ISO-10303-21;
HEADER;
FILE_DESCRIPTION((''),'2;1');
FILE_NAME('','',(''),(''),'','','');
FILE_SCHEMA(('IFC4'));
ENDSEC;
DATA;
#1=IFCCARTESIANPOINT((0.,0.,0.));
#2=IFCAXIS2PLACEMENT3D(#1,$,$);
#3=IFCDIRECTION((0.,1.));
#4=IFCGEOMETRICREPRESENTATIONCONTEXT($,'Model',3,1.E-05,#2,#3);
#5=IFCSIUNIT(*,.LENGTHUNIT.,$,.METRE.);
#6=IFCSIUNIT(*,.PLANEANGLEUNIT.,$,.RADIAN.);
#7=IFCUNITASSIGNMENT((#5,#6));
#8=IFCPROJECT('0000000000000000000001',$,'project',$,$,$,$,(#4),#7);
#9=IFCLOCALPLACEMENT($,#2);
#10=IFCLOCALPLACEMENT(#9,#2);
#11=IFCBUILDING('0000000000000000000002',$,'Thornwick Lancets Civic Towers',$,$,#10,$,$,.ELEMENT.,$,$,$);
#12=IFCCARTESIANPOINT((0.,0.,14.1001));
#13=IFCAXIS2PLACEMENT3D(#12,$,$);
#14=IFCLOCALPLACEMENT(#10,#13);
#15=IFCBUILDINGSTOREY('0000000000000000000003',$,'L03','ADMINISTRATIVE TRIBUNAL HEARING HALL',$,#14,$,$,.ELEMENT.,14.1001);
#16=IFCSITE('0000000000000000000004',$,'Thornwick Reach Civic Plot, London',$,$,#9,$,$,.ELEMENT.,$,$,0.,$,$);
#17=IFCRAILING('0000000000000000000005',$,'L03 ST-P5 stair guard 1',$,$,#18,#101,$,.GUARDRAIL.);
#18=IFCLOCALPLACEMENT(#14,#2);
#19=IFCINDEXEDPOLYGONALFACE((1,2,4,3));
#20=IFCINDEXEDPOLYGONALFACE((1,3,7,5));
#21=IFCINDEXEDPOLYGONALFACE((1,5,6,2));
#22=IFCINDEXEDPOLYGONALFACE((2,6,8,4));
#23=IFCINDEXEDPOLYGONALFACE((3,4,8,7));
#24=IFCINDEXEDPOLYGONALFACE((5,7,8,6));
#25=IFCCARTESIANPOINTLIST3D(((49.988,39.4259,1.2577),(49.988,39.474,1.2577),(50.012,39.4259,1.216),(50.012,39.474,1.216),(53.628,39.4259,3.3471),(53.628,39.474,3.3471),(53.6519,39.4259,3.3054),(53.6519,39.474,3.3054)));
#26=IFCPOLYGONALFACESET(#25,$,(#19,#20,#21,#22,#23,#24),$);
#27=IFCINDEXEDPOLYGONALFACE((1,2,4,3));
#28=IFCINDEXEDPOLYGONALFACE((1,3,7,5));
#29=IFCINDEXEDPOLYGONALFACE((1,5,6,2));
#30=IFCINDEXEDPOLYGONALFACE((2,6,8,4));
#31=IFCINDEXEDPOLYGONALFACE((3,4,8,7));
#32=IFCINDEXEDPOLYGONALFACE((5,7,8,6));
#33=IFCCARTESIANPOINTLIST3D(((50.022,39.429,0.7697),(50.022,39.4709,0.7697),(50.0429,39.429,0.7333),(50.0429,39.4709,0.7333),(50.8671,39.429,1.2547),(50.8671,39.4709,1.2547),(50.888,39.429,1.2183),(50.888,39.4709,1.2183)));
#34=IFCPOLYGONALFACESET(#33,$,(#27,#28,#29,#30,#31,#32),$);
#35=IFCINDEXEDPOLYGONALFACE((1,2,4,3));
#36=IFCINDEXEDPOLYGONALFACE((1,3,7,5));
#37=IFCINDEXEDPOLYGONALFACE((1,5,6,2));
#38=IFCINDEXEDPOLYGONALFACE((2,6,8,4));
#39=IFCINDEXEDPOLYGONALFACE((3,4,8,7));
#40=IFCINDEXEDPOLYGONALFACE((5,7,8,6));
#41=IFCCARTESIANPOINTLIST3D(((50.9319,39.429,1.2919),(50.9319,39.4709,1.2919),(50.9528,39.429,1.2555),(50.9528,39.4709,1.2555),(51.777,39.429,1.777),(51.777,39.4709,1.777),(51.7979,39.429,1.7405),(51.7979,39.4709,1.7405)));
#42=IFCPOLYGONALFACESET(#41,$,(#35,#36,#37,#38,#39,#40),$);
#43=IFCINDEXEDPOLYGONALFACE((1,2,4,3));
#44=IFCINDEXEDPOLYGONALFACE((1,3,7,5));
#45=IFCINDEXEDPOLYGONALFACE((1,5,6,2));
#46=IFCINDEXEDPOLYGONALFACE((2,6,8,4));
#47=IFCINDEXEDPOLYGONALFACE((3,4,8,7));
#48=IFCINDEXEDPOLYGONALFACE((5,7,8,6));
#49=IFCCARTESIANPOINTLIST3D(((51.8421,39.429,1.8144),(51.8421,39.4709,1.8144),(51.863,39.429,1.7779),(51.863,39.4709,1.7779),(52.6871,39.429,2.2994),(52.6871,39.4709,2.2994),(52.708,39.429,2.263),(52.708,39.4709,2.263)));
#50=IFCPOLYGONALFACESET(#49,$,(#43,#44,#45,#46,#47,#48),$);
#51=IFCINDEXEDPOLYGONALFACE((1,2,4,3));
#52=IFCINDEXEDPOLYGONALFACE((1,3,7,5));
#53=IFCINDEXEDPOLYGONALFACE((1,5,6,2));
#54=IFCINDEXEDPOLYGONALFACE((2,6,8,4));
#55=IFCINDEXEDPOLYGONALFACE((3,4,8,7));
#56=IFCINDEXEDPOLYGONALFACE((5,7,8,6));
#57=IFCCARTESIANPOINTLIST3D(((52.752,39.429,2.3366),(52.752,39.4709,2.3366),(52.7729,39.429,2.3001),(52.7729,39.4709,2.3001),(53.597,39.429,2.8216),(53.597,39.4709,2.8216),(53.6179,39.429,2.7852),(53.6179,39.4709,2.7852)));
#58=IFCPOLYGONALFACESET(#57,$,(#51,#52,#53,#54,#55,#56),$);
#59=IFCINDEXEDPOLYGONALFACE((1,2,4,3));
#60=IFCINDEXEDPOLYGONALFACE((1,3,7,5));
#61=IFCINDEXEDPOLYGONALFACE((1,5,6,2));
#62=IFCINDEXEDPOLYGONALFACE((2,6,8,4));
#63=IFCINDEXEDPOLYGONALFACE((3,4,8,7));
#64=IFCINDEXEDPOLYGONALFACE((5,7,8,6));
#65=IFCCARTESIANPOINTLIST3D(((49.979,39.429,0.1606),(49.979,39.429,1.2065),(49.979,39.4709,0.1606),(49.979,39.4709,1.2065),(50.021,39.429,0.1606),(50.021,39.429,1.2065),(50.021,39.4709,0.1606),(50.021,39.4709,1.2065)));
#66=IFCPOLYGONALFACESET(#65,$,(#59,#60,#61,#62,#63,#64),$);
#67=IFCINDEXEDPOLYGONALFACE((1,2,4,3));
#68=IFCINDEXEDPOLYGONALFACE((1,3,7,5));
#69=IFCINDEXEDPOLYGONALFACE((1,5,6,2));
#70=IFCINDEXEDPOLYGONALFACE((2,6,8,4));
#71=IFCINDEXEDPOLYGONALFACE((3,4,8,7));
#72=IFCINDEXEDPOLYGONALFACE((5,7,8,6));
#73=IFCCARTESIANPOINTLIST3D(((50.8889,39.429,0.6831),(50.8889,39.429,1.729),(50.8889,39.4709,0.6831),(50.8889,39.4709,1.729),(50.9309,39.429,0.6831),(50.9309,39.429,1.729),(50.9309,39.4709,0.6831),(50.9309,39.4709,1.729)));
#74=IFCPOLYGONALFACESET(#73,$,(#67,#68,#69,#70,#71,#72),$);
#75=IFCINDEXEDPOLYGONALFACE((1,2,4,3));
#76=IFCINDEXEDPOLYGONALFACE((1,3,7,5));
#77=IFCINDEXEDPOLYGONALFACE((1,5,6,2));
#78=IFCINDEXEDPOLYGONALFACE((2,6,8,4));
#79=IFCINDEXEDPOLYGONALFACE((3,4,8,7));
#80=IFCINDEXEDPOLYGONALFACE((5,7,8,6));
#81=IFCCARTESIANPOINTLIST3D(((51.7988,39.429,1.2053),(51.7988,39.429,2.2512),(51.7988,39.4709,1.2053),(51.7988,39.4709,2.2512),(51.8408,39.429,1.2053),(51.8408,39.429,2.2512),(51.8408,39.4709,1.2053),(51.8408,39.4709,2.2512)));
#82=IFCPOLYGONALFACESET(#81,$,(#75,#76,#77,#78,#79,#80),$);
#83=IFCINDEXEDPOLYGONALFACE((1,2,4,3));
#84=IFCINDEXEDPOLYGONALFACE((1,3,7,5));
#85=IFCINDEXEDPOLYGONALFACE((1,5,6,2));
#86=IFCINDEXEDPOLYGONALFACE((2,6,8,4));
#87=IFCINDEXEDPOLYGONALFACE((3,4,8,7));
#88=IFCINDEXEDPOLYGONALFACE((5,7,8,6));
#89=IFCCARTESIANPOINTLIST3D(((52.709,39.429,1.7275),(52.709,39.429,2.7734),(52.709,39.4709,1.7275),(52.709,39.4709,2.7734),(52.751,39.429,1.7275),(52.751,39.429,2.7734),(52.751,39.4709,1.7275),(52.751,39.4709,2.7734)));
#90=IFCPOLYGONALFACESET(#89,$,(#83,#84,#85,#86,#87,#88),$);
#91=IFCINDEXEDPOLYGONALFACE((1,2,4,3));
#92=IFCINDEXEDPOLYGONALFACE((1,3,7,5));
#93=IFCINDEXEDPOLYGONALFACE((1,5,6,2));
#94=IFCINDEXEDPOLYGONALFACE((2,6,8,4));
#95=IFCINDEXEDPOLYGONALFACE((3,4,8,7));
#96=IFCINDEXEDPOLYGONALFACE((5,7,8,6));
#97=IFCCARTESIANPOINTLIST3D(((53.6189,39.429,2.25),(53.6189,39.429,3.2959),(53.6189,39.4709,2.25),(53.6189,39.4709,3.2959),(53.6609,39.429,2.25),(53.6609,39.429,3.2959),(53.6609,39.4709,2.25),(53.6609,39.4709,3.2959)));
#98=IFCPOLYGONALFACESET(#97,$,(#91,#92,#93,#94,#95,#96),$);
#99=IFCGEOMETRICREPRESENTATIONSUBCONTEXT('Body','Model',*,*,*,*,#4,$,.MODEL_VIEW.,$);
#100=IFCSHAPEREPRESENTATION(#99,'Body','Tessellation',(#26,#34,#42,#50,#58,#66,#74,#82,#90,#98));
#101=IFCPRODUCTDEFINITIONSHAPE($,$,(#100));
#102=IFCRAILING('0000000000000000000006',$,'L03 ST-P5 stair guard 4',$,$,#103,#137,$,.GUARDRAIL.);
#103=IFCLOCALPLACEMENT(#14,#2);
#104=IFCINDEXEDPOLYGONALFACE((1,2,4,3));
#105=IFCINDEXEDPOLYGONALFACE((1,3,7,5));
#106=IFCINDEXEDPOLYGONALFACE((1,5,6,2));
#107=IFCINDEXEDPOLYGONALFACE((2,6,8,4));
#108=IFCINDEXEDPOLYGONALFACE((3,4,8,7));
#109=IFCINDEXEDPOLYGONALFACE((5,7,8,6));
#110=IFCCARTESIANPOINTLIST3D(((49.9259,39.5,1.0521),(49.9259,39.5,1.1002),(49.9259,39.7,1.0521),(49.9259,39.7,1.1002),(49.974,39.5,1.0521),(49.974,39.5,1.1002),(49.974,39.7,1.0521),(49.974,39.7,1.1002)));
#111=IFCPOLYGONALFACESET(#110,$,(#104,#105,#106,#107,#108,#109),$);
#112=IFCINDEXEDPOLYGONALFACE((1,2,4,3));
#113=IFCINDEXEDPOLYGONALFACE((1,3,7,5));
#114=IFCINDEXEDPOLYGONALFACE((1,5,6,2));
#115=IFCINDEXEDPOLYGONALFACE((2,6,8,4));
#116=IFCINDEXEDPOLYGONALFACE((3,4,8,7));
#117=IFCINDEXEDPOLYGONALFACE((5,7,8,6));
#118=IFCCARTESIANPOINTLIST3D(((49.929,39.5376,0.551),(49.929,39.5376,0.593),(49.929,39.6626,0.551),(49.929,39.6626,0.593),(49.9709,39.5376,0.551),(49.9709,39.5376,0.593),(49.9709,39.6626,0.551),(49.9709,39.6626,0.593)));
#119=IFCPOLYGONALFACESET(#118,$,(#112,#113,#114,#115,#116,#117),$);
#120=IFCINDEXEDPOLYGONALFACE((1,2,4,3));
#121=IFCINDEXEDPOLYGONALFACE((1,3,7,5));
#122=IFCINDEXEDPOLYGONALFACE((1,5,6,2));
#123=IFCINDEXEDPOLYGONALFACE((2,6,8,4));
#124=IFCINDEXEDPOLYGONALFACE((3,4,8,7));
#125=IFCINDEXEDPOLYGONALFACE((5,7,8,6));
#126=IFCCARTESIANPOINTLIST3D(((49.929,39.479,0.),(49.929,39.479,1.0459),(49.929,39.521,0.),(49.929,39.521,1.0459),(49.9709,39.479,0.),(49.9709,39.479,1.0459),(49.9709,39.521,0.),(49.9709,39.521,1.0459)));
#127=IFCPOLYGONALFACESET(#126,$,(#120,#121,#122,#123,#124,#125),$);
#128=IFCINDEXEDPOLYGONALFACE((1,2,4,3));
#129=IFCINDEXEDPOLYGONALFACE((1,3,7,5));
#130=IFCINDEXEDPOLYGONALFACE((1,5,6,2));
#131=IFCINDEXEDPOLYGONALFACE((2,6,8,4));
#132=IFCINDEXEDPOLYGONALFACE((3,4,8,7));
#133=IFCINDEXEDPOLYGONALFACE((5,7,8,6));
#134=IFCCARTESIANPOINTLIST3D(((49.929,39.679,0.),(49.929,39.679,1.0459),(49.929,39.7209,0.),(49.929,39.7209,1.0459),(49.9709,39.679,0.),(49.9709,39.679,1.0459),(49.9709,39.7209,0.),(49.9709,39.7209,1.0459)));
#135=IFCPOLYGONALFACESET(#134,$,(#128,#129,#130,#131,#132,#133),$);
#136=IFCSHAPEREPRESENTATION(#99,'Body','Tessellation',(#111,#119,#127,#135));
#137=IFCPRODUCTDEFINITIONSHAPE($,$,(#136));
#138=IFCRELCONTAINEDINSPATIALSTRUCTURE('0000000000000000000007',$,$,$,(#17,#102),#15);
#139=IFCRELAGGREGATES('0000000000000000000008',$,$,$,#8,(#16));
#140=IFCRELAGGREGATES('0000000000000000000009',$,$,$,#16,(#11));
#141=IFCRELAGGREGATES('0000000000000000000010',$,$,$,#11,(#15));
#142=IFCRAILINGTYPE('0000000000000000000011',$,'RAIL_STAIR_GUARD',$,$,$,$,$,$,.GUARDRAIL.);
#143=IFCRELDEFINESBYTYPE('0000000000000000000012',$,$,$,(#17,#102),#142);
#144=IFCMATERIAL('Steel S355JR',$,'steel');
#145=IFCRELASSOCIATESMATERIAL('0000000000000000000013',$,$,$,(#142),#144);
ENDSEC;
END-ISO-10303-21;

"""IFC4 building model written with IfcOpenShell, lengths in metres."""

from ifc_helpers import new_model, si_unit, direction, frame, origin, origin_2d, place, context, subcontext, project, spatial, rectangle, extrude, material, type_object, element, save


model = new_model("IFC4")

# Units and contexts
model_context = context("Model", 3, precision=1e-05, world=origin(), true_north=direction((0.0, 1.0)))
body_context = subcontext(model_context, "Body", "Model", "MODEL_VIEW")
ifc_project = project(units=[si_unit("LENGTHUNIT", "METRE"), si_unit("PLANEANGLEUNIT", "RADIAN")], contexts=[model_context])

# Site, building, storey
site_placement = place(None, origin())
site = spatial("IfcSite", under=ifc_project, at=site_placement, Name="Thornwick Reach Civic Plot, London", CompositionType="ELEMENT", RefElevation=0.0)
building_placement = place(site_placement, origin())
building = spatial("IfcBuilding", under=site, at=building_placement, Name="Thornwick Lancets Civic Towers", CompositionType="ELEMENT")
storey_placement = place(building_placement, frame((0.0, 0.0, 14.1001)))
storey = spatial("IfcBuildingStorey", under=building, at=storey_placement, Name="L03", Description="ADMINISTRATIVE TRIBUNAL HEARING HALL", CompositionType="ELEMENT", Elevation=14.1001)

# Shared definitions
ifc_material_1 = material(Name="Steel S355JR", Category="steel")

# Railings
railing_type_1 = type_object("IfcRailingType", Name="RAIL_STAIR_GUARD", PredefinedType="GUARDRAIL", material=ifc_material_1)
railing_1_placement = place(storey_placement, frame((50.0, 39.45, 0.1606)))
element("IfcRailing", 1, at=railing_1_placement, inside=storey, type_object=railing_type_1, Name="L03 ST-P5 stair guard 1", PredefinedType="GUARDRAIL", context=body_context, shape_type="SweptSolid", body=[
    extrude(rectangle(XDim=0.0481, YDim=0.0481, at=origin_2d()), frame((0.0, 0.0, 1.0762), z_axis=(0.867275, 0.0, 0.497829), x_axis=(0.0, 1.0, 0.0)), (0.0, 0.0, 1.0), 4.197),
    extrude(rectangle(XDim=0.042, YDim=0.042, at=origin_2d()), frame((0.0325, 0.0, 0.5908), z_axis=(0.867275, 0.0, 0.497829), x_axis=(0.0, 1.0, 0.0)), (0.0, 0.0, 1.0), 0.9744),
    extrude(rectangle(XDim=0.042, YDim=0.042, at=origin_2d()), frame((0.9424, 0.0, 1.113), z_axis=(0.867275, 0.0, 0.497829), x_axis=(0.0, 1.0, 0.0)), (0.0, 0.0, 1.0), 0.9744),
    extrude(rectangle(XDim=0.042, YDim=0.042, at=origin_2d()), frame((1.8525, 0.0, 1.6355), z_axis=(0.867275, 0.0, 0.497829), x_axis=(0.0, 1.0, 0.0)), (0.0, 0.0, 1.0), 0.9744),
    extrude(rectangle(XDim=0.042, YDim=0.042, at=origin_2d()), frame((2.7625, 0.0, 2.1577), z_axis=(0.867275, 0.0, 0.497829), x_axis=(0.0, 1.0, 0.0)), (0.0, 0.0, 1.0), 0.9744),
    extrude(rectangle(XDim=0.042, YDim=0.042, at=origin_2d()), origin(), (0.0, 0.0, 1.0), 1.0459),
    extrude(rectangle(XDim=0.042, YDim=0.042, at=origin_2d()), frame((0.9099, 0.0, 0.5225)), (0.0, 0.0, 1.0), 1.0459),
    extrude(rectangle(XDim=0.042, YDim=0.042, at=origin_2d()), frame((1.8198, 0.0, 1.0447)), (0.0, 0.0, 1.0), 1.0459),
    extrude(rectangle(XDim=0.042, YDim=0.042, at=origin_2d()), frame((2.73, 0.0, 1.5669)), (0.0, 0.0, 1.0), 1.0459),
    extrude(rectangle(XDim=0.042, YDim=0.042, at=origin_2d()), frame((3.6399, 0.0, 2.0894)), (0.0, 0.0, 1.0), 1.0459),
])
railing_2_placement = place(storey_placement, frame((49.95, 39.5, 0.0)))
element("IfcRailing", 2, at=railing_2_placement, inside=storey, type_object=railing_type_1, Name="L03 ST-P5 stair guard 4", PredefinedType="GUARDRAIL", context=body_context, shape_type="SweptSolid", body=[
    extrude(rectangle(XDim=0.0481, YDim=0.0481, at=origin_2d()), frame((0.0, 0.0, 1.0762), z_axis=(0.0, 1.0, 0.0), x_axis=(-1.0, 0.0, 0.0)), (0.0, 0.0, 1.0), 0.2),
    extrude(rectangle(XDim=0.042, YDim=0.042, at=origin_2d()), frame((0.0, 0.0376, 0.572), z_axis=(0.0, 1.0, 0.0), x_axis=(-1.0, 0.0, 0.0)), (0.0, 0.0, 1.0), 0.125),
    extrude(rectangle(XDim=0.042, YDim=0.042, at=origin_2d()), origin(), (0.0, 0.0, 1.0), 1.0459),
    extrude(rectangle(XDim=0.042, YDim=0.042, at=origin_2d()), frame((0.0, 0.2, 0.0)), (0.0, 0.0, 1.0), 1.0459),
])

save(model, "model.ifc")
